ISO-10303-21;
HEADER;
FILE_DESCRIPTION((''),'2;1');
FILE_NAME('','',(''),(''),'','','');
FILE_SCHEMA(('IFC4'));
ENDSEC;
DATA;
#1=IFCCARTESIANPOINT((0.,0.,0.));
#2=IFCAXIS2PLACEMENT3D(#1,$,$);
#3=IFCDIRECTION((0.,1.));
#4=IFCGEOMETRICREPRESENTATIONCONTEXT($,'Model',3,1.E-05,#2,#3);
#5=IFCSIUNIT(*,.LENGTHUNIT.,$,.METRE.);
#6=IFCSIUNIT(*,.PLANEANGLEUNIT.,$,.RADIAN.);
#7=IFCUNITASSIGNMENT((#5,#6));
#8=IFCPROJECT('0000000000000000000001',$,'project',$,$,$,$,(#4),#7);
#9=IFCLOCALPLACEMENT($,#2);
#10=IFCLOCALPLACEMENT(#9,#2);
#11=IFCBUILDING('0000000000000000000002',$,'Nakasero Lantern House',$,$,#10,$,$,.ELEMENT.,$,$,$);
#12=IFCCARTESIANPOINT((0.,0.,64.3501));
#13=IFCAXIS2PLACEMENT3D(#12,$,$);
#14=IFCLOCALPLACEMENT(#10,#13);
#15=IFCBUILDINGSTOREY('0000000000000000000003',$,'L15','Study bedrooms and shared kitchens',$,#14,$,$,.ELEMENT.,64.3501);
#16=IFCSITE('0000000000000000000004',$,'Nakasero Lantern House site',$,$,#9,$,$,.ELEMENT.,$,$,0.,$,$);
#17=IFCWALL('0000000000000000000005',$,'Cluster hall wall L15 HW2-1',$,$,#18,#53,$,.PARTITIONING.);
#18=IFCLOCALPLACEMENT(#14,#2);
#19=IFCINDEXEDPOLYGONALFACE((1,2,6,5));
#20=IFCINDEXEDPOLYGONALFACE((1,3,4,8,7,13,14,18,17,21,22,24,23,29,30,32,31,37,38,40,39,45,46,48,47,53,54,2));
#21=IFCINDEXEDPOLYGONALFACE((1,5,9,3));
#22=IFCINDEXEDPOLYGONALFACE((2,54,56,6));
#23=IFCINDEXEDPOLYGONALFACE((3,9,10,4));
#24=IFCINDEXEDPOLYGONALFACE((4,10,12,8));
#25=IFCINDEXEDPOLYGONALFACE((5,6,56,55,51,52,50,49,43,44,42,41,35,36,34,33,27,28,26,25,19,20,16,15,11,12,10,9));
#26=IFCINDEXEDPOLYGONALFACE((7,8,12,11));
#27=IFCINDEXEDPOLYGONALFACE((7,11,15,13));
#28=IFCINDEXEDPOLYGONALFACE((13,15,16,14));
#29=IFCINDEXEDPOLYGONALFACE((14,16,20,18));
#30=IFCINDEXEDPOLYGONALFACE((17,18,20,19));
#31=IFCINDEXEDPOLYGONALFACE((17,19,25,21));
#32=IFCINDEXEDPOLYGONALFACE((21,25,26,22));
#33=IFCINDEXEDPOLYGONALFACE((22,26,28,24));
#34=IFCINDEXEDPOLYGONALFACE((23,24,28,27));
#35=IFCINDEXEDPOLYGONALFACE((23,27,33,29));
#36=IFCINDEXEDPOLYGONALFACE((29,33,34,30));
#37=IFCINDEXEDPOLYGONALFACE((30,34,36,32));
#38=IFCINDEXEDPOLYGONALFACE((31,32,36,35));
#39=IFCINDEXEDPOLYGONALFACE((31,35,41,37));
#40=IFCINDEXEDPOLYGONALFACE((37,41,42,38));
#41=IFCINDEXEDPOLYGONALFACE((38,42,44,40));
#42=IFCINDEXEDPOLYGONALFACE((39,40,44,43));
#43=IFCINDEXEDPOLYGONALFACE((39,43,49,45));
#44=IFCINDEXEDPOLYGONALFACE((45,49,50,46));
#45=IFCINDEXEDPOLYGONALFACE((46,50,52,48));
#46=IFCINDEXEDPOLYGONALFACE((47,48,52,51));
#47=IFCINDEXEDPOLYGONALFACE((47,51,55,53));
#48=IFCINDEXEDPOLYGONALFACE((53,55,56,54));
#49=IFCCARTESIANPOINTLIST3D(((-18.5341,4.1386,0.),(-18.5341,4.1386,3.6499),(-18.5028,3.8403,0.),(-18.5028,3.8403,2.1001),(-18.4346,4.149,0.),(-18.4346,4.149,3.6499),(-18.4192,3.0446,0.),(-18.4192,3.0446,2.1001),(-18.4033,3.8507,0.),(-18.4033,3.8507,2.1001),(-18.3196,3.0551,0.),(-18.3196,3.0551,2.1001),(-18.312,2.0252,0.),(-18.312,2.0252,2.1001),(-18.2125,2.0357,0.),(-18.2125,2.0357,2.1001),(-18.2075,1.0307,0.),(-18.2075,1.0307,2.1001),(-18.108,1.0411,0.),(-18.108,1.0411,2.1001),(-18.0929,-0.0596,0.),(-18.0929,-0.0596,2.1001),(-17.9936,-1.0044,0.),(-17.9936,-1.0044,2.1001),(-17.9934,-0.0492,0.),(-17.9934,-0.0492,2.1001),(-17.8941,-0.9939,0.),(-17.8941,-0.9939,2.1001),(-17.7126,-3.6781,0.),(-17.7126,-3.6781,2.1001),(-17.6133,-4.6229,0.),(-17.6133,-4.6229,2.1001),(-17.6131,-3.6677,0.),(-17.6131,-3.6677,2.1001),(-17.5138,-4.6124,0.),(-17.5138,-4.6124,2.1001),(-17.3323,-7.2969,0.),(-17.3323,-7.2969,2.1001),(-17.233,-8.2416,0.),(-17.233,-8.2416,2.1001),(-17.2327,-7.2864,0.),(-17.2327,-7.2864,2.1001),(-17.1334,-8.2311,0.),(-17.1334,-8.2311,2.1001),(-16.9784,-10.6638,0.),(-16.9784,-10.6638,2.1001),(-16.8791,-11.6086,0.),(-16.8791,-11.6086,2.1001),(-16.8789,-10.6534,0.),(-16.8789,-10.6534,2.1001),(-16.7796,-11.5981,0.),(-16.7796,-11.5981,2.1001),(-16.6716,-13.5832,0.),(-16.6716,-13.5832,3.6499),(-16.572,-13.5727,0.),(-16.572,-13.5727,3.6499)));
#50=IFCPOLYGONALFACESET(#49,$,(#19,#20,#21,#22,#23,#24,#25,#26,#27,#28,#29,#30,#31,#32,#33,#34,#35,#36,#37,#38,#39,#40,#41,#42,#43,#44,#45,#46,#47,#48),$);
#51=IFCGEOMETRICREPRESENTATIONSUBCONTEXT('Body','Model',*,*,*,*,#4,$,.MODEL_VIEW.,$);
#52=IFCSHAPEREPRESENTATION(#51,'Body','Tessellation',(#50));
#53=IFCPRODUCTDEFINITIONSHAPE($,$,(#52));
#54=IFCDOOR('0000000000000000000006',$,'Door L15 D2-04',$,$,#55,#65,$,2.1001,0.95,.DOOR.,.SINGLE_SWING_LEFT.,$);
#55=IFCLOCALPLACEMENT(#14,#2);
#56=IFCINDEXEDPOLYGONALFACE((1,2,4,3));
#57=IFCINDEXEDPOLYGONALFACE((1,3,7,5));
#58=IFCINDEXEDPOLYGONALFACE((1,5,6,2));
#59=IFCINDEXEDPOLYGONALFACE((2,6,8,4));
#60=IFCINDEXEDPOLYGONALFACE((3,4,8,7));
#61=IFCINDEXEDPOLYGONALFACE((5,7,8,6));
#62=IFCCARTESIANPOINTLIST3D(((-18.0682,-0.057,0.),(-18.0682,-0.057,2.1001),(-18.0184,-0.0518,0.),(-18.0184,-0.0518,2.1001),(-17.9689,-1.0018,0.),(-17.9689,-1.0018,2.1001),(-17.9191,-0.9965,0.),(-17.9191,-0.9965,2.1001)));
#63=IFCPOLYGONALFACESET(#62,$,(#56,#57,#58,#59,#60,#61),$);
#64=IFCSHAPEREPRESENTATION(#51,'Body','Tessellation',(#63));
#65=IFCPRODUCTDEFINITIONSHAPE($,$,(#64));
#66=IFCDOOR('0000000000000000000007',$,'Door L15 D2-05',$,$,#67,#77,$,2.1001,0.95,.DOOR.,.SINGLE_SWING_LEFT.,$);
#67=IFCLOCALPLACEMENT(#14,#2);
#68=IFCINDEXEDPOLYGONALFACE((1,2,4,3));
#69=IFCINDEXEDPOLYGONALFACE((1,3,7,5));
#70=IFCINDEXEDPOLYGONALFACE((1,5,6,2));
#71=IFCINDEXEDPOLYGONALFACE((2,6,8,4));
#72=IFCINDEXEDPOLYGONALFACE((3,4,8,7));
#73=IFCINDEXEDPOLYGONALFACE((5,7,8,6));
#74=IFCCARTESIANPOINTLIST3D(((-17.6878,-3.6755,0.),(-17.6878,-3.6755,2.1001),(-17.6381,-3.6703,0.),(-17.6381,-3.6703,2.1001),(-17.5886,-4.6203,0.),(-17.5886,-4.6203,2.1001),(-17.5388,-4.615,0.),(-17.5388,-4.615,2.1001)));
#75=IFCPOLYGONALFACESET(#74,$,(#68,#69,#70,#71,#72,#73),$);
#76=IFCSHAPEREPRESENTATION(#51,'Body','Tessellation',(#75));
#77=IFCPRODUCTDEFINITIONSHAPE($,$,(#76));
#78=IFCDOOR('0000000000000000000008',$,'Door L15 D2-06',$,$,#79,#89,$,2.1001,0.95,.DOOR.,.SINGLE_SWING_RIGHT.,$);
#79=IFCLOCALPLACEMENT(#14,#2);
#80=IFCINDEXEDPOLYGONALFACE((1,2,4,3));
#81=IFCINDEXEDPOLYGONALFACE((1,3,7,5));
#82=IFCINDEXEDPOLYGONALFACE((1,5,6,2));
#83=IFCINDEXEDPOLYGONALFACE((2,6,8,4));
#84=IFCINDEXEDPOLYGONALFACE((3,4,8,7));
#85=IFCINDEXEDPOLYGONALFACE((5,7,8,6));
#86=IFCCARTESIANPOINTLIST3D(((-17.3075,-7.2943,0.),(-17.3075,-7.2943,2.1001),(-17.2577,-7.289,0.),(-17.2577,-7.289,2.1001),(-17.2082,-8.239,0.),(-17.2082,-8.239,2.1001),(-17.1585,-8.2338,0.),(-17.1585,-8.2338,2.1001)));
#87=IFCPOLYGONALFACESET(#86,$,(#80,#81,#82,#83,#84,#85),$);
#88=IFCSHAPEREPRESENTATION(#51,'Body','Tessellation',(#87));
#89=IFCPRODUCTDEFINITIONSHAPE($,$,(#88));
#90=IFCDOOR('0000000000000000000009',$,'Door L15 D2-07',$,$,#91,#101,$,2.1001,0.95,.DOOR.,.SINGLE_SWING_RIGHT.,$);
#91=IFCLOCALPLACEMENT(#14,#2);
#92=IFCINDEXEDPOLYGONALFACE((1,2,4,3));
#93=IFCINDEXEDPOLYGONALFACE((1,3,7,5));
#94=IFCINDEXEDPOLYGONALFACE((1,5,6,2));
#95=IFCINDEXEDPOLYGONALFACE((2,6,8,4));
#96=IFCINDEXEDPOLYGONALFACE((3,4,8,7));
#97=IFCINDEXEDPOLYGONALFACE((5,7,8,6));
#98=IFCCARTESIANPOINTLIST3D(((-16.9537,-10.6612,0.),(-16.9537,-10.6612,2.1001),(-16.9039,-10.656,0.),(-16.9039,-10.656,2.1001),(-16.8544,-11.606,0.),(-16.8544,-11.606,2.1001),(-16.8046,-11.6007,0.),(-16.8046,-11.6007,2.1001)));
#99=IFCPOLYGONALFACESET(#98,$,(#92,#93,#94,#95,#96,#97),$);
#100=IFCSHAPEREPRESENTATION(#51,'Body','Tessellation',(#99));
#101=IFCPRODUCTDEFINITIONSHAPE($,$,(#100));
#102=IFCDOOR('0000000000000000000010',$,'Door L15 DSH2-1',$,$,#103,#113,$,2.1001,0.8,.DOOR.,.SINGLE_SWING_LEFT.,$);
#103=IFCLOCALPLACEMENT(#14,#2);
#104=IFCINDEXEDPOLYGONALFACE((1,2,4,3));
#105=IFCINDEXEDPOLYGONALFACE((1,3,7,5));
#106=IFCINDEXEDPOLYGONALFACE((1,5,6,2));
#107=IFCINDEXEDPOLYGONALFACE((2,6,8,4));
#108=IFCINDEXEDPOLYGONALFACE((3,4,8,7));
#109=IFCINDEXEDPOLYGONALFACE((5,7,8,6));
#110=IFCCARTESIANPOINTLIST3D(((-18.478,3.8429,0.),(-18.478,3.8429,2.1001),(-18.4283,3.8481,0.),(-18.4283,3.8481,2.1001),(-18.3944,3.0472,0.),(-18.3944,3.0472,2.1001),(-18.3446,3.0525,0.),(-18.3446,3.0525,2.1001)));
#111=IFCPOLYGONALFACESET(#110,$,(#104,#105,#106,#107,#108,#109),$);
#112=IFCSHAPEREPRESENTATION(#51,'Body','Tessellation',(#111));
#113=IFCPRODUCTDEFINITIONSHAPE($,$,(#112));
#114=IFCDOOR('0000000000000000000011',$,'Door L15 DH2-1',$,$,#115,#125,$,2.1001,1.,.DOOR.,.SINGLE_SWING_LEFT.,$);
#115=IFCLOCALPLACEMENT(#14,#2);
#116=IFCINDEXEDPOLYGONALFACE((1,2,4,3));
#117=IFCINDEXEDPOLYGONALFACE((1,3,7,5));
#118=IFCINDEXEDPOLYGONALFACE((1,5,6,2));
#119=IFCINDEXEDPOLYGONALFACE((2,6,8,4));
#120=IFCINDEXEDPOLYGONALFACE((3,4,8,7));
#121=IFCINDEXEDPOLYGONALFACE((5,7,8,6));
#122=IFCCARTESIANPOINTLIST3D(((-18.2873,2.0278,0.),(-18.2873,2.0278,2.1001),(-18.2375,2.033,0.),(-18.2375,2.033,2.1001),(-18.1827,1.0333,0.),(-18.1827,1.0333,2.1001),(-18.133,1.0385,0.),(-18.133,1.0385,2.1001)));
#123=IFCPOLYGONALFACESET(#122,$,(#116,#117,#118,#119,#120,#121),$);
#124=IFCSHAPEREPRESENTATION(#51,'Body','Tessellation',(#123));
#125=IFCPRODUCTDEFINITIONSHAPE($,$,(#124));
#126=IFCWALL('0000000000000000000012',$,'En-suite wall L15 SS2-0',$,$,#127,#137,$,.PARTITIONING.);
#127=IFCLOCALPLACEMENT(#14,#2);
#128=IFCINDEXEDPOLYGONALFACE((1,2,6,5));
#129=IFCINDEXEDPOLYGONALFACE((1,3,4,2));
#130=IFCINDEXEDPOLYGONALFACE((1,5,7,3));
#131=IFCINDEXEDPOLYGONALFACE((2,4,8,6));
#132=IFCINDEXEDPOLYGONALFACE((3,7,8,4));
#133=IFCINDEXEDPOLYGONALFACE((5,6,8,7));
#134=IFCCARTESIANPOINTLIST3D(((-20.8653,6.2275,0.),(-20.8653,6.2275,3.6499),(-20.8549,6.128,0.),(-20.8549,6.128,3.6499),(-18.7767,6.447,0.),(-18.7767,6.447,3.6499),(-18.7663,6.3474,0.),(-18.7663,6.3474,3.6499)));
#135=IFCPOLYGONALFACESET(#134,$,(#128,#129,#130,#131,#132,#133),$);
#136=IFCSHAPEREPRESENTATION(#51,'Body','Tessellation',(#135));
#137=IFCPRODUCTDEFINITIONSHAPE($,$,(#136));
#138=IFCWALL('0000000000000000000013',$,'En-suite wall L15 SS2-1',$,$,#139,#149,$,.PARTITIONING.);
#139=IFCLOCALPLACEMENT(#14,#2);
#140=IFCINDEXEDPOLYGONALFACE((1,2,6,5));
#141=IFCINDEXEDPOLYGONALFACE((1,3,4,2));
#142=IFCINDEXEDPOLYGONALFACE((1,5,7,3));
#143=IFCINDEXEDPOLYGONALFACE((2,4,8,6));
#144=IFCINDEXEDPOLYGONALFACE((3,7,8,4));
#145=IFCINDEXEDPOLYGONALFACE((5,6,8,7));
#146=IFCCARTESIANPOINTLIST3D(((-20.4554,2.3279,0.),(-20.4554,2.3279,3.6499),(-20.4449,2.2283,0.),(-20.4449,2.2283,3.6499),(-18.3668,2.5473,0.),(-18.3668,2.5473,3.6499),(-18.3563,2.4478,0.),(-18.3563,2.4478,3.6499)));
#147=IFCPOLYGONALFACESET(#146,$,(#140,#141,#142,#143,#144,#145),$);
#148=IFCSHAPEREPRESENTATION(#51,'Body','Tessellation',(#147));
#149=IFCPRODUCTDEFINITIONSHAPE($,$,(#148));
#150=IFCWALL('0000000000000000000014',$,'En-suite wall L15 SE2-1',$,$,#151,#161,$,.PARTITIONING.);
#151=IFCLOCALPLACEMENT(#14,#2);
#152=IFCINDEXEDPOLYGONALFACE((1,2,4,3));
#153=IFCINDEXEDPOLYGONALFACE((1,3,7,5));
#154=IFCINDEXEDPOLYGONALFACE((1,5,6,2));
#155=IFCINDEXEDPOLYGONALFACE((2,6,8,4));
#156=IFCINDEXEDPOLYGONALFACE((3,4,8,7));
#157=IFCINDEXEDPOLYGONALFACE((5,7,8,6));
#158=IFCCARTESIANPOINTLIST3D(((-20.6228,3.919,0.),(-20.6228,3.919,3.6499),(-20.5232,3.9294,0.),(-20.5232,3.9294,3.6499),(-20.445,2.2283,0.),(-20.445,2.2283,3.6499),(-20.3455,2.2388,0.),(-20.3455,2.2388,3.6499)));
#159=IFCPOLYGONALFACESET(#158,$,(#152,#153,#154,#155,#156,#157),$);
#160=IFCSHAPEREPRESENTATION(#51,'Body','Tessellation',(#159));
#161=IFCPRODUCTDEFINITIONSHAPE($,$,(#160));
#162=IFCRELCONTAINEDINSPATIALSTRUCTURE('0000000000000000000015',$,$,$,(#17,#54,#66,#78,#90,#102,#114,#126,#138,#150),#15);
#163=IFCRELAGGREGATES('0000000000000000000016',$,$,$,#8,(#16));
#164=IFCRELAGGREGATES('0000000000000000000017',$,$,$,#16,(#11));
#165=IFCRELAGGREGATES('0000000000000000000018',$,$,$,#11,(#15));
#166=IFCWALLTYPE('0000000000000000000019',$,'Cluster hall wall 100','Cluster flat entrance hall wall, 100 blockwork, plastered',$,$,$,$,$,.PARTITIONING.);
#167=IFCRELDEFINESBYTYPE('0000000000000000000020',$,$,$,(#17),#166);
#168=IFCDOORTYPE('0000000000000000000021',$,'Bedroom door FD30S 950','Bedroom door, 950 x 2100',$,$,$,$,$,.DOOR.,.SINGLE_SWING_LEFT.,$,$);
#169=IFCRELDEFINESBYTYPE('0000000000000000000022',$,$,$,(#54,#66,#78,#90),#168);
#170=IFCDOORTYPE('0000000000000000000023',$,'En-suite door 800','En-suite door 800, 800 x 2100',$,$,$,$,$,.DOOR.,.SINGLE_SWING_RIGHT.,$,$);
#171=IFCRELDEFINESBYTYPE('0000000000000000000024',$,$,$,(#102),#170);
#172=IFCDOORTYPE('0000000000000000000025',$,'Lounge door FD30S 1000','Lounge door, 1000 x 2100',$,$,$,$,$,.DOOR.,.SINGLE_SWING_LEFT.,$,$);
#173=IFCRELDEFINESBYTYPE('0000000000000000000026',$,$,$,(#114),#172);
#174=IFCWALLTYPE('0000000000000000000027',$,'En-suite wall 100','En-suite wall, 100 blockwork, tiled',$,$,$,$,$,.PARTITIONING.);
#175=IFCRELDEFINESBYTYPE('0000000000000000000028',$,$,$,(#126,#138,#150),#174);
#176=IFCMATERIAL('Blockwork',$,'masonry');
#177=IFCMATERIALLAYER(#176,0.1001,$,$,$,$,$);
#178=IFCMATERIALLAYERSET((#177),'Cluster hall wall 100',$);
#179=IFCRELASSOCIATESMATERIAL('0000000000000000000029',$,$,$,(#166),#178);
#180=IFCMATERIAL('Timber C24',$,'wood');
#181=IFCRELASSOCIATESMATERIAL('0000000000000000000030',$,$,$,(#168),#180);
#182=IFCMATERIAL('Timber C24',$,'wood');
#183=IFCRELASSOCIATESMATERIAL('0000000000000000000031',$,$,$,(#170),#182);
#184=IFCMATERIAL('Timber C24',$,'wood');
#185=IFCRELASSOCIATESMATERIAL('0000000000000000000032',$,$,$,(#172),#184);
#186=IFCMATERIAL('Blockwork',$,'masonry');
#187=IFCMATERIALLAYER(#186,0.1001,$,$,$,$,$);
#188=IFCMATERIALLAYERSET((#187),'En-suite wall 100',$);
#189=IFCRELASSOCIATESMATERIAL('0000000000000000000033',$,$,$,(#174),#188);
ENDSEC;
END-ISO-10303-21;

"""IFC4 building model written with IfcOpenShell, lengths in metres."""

from ifc_helpers import new_model, si_unit, direction, frame, frame_2d, origin, place, context, subcontext, project, spatial, rectangle, extrude, material, layer, layer_set, type_object, element, fill, save


model = new_model("IFC4")

# Units and contexts
model_context = context("Model", 3, precision=1e-05, world=origin(), true_north=direction((0.0, 1.0)))
body_context = subcontext(model_context, "Body", "Model", "MODEL_VIEW")
ifc_project = project(units=[si_unit("LENGTHUNIT", "METRE"), si_unit("PLANEANGLEUNIT", "RADIAN")], contexts=[model_context])

# Site, building, storey
site_placement = place(None, origin())
site = spatial("IfcSite", under=ifc_project, at=site_placement, Name="Nakasero Lantern House site", CompositionType="ELEMENT", RefElevation=0.0)
building_placement = place(site_placement, origin())
building = spatial("IfcBuilding", under=site, at=building_placement, Name="Nakasero Lantern House", CompositionType="ELEMENT")
storey_placement = place(building_placement, frame((0.0, 0.0, 64.3501)))
storey = spatial("IfcBuildingStorey", under=building, at=storey_placement, Name="L15", Description="Study bedrooms and shared kitchens", CompositionType="ELEMENT", Elevation=64.3501)

# Wall, openings, doors
ifc_material_1 = material(Name="Blockwork", Category="masonry")
ifc_layer_1 = layer(ifc_material_1, 0.1001)
ifc_layer_set_1 = layer_set([ifc_layer_1], Name="Cluster hall wall 100")
wall_type_1 = type_object("IfcWallType", Name="Cluster hall wall 100", Description="Cluster flat entrance hall wall, 100 blockwork, plastered", PredefinedType="PARTITIONING", material=ifc_layer_set_1)
wall_1_placement = place(storey_placement, frame((-18.4844, 4.1438, 0.0), z_axis=(0.0, 0.0, 1.0), x_axis=(0.104524, -0.994522, 0.0)))
wall_1 = element("IfcWall", 1, at=wall_1_placement, inside=storey, type_object=wall_type_1, Name="Cluster hall wall L15 HW2-1", PredefinedType="PARTITIONING", context=body_context, shape_type="SweptSolid", body=[
    extrude(rectangle(XDim=17.8193, YDim=0.1001, at=frame_2d((8.9097, 0.0))), origin(), (0.0, 0.0, 1.0), 3.6499),
])
opening_1_placement = place(wall_1_placement, frame((2.125, 0.0, 0.0)))
opening_1 = element("IfcOpeningElement", 2, at=opening_1_placement, cuts=wall_1, PredefinedType="OPENING", context=body_context, shape_type="SweptSolid", body=[
    extrude(rectangle(XDim=1.0, YDim=2.1001, at=frame_2d((0.5, 1.05))), frame((0.0, 0.0701, 0.0), z_axis=(0.0, -1.0, 0.0), x_axis=(1.0, 0.0, 0.0)), (0.0, 0.0, 1.0), 0.1401),
])
opening_2_placement = place(wall_1_placement, frame((0.3, 0.0, 0.0)))
opening_2 = element("IfcOpeningElement", 3, at=opening_2_placement, cuts=wall_1, PredefinedType="OPENING", context=body_context, shape_type="SweptSolid", body=[
    extrude(rectangle(XDim=0.8, YDim=2.1001, at=frame_2d((0.3999, 1.05))), frame((0.0, 0.0701, 0.0), z_axis=(0.0, -1.0, 0.0), x_axis=(1.0, 0.0, 0.0)), (0.0, 0.0, 1.0), 0.1401),
])
opening_3_placement = place(wall_1_placement, frame((4.2212, 0.0, 0.0)))
opening_3 = element("IfcOpeningElement", 4, at=opening_3_placement, cuts=wall_1, PredefinedType="OPENING", context=body_context, shape_type="SweptSolid", body=[
    extrude(rectangle(XDim=0.95, YDim=2.1001, at=frame_2d((0.4751, 1.05))), frame((0.0, 0.0701, 0.0), z_axis=(0.0, -1.0, 0.0), x_axis=(1.0, 0.0, 0.0)), (0.0, 0.0, 1.0), 0.1401),
])
opening_4_placement = place(wall_1_placement, frame((7.8596, 0.0, 0.0)))
opening_4 = element("IfcOpeningElement", 5, at=opening_4_placement, cuts=wall_1, PredefinedType="OPENING", context=body_context, shape_type="SweptSolid", body=[
    extrude(rectangle(XDim=0.95, YDim=2.1001, at=frame_2d((0.4751, 1.05))), frame((0.0, 0.0701, 0.0), z_axis=(0.0, -1.0, 0.0), x_axis=(1.0, 0.0, 0.0)), (0.0, 0.0, 1.0), 0.1401),
])
opening_5_placement = place(wall_1_placement, frame((11.4983, 0.0, 0.0)))
opening_5 = element("IfcOpeningElement", 6, at=opening_5_placement, cuts=wall_1, PredefinedType="OPENING", context=body_context, shape_type="SweptSolid", body=[
    extrude(rectangle(XDim=0.95, YDim=2.1001, at=frame_2d((0.4751, 1.05))), frame((0.0, 0.0701, 0.0), z_axis=(0.0, -1.0, 0.0), x_axis=(1.0, 0.0, 0.0)), (0.0, 0.0, 1.0), 0.1401),
])
opening_6_placement = place(wall_1_placement, frame((14.8838, 0.0, 0.0)))
opening_6 = element("IfcOpeningElement", 7, at=opening_6_placement, cuts=wall_1, PredefinedType="OPENING", context=body_context, shape_type="SweptSolid", body=[
    extrude(rectangle(XDim=0.95, YDim=2.1001, at=frame_2d((0.4751, 1.05))), frame((0.0, 0.0701, 0.0), z_axis=(0.0, -1.0, 0.0), x_axis=(1.0, 0.0, 0.0)), (0.0, 0.0, 1.0), 0.1401),
])
ifc_material_2 = material(Name="Timber C24", Category="wood")
door_type_1 = type_object("IfcDoorType", Name="Bedroom door FD30S 950", Description="Bedroom door, 950 x 2100", OperationType="SINGLE_SWING_LEFT", PredefinedType="DOOR", material=ifc_material_2)
door_1_placement = place(opening_3_placement, origin())
door_1 = element("IfcDoor", 8, at=door_1_placement, inside=storey, type_object=door_type_1, Name="Door L15 D2-04", OperationType="SINGLE_SWING_LEFT", OverallHeight=2.1001, OverallWidth=0.95, PredefinedType="DOOR", context=body_context, shape_type="SweptSolid", body=[
    extrude(rectangle(XDim=0.95, YDim=2.1001, at=frame_2d((0.4751, 1.05))), frame((0.0, 0.0249, 0.0), z_axis=(0.0, -1.0, 0.0), x_axis=(1.0, 0.0, 0.0)), (0.0, 0.0, 1.0), 0.05),
])
fill(opening_3, door_1)
door_2_placement = place(opening_4_placement, origin())
door_2 = element("IfcDoor", 9, at=door_2_placement, inside=storey, type_object=door_type_1, Name="Door L15 D2-05", OperationType="SINGLE_SWING_LEFT", OverallHeight=2.1001, OverallWidth=0.95, PredefinedType="DOOR", context=body_context, shape_type="SweptSolid", body=[
    extrude(rectangle(XDim=0.95, YDim=2.1001, at=frame_2d((0.4751, 1.05))), frame((0.0, 0.0249, 0.0), z_axis=(0.0, -1.0, 0.0), x_axis=(1.0, 0.0, 0.0)), (0.0, 0.0, 1.0), 0.05),
])
fill(opening_4, door_2)
door_3_placement = place(opening_5_placement, origin())
door_3 = element("IfcDoor", 10, at=door_3_placement, inside=storey, type_object=door_type_1, Name="Door L15 D2-06", OperationType="SINGLE_SWING_RIGHT", OverallHeight=2.1001, OverallWidth=0.95, PredefinedType="DOOR", context=body_context, shape_type="SweptSolid", body=[
    extrude(rectangle(XDim=0.95, YDim=2.1001, at=frame_2d((0.4751, 1.05))), frame((0.0, 0.0249, 0.0), z_axis=(0.0, -1.0, 0.0), x_axis=(1.0, 0.0, 0.0)), (0.0, 0.0, 1.0), 0.05),
])
fill(opening_5, door_3)
door_4_placement = place(opening_6_placement, origin())
door_4 = element("IfcDoor", 11, at=door_4_placement, inside=storey, type_object=door_type_1, Name="Door L15 D2-07", OperationType="SINGLE_SWING_RIGHT", OverallHeight=2.1001, OverallWidth=0.95, PredefinedType="DOOR", context=body_context, shape_type="SweptSolid", body=[
    extrude(rectangle(XDim=0.95, YDim=2.1001, at=frame_2d((0.4751, 1.05))), frame((0.0, 0.0249, 0.0), z_axis=(0.0, -1.0, 0.0), x_axis=(1.0, 0.0, 0.0)), (0.0, 0.0, 1.0), 0.05),
])
fill(opening_6, door_4)
ifc_material_3 = material(Name="Timber C24", Category="wood")
door_type_2 = type_object("IfcDoorType", Name="En-suite door 800", Description="En-suite door 800, 800 x 2100", OperationType="SINGLE_SWING_RIGHT", PredefinedType="DOOR", material=ifc_material_3)
door_5_placement = place(opening_2_placement, origin())
door_5 = element("IfcDoor", 12, at=door_5_placement, inside=storey, type_object=door_type_2, Name="Door L15 DSH2-1", OperationType="SINGLE_SWING_LEFT", OverallHeight=2.1001, OverallWidth=0.8, PredefinedType="DOOR", context=body_context, shape_type="SweptSolid", body=[
    extrude(rectangle(XDim=0.8, YDim=2.1001, at=frame_2d((0.3999, 1.05))), frame((0.0, 0.0249, 0.0), z_axis=(0.0, -1.0, 0.0), x_axis=(1.0, 0.0, 0.0)), (0.0, 0.0, 1.0), 0.05),
])
fill(opening_2, door_5)
ifc_material_4 = material(Name="Timber C24", Category="wood")
door_type_3 = type_object("IfcDoorType", Name="Lounge door FD30S 1000", Description="Lounge door, 1000 x 2100", OperationType="SINGLE_SWING_LEFT", PredefinedType="DOOR", material=ifc_material_4)
door_6_placement = place(opening_1_placement, origin())
door_6 = element("IfcDoor", 13, at=door_6_placement, inside=storey, type_object=door_type_3, Name="Door L15 DH2-1", OperationType="SINGLE_SWING_LEFT", OverallHeight=2.1001, OverallWidth=1.0, PredefinedType="DOOR", context=body_context, shape_type="SweptSolid", body=[
    extrude(rectangle(XDim=1.0, YDim=2.1001, at=frame_2d((0.5, 1.05))), frame((0.0, 0.0249, 0.0), z_axis=(0.0, -1.0, 0.0), x_axis=(1.0, 0.0, 0.0)), (0.0, 0.0, 1.0), 0.05),
])
fill(opening_1, door_6)

# Walls
ifc_material_5 = material(Name="Blockwork", Category="masonry")
ifc_layer_2 = layer(ifc_material_5, 0.1001)
ifc_layer_set_2 = layer_set([ifc_layer_2], Name="En-suite wall 100")
wall_type_2 = type_object("IfcWallType", Name="En-suite wall 100", Description="En-suite wall, 100 blockwork, tiled", PredefinedType="PARTITIONING", material=ifc_layer_set_2)
for number, where, z_axis, x_axis, name in (
    (14, (-18.7715, 6.3972, 0.0), (0.0, 0.0, 1.0), (-0.994524, -0.104509, 0.0), "En-suite wall L15 SS2-0"),
    (15, (-18.3616, 2.4976, 0.0), (0.0, 0.0, 1.0), (-0.994524, -0.104509, 0.0), "En-suite wall L15 SS2-1"),
):
    element("IfcWall", number, at=place(storey_placement, frame(where, z_axis=z_axis, x_axis=x_axis)), inside=storey, type_object=wall_type_2, Name=name, PredefinedType="PARTITIONING", context=body_context, shape_type="SweptSolid", body=[
        extrude(rectangle(XDim=2.1001, YDim=0.1001, at=frame_2d((1.05, 0.0))), origin(), (0.0, 0.0, 1.0), 3.6499),
    ])
wall_2_placement = place(storey_placement, frame((-20.573, 3.9243, 0.0), z_axis=(0.0, 0.0, 1.0), x_axis=(0.10455, -0.99452, 0.0)))
element("IfcWall", 16, at=wall_2_placement, inside=storey, type_object=wall_type_2, Name="En-suite wall L15 SE2-1", PredefinedType="PARTITIONING", context=body_context, shape_type="SweptSolid", body=[
    extrude(rectangle(XDim=1.7, YDim=0.1001, at=frame_2d((0.8501, 0.0))), origin(), (0.0, 0.0, 1.0), 3.6499),
])

save(model, "model.ifc")
